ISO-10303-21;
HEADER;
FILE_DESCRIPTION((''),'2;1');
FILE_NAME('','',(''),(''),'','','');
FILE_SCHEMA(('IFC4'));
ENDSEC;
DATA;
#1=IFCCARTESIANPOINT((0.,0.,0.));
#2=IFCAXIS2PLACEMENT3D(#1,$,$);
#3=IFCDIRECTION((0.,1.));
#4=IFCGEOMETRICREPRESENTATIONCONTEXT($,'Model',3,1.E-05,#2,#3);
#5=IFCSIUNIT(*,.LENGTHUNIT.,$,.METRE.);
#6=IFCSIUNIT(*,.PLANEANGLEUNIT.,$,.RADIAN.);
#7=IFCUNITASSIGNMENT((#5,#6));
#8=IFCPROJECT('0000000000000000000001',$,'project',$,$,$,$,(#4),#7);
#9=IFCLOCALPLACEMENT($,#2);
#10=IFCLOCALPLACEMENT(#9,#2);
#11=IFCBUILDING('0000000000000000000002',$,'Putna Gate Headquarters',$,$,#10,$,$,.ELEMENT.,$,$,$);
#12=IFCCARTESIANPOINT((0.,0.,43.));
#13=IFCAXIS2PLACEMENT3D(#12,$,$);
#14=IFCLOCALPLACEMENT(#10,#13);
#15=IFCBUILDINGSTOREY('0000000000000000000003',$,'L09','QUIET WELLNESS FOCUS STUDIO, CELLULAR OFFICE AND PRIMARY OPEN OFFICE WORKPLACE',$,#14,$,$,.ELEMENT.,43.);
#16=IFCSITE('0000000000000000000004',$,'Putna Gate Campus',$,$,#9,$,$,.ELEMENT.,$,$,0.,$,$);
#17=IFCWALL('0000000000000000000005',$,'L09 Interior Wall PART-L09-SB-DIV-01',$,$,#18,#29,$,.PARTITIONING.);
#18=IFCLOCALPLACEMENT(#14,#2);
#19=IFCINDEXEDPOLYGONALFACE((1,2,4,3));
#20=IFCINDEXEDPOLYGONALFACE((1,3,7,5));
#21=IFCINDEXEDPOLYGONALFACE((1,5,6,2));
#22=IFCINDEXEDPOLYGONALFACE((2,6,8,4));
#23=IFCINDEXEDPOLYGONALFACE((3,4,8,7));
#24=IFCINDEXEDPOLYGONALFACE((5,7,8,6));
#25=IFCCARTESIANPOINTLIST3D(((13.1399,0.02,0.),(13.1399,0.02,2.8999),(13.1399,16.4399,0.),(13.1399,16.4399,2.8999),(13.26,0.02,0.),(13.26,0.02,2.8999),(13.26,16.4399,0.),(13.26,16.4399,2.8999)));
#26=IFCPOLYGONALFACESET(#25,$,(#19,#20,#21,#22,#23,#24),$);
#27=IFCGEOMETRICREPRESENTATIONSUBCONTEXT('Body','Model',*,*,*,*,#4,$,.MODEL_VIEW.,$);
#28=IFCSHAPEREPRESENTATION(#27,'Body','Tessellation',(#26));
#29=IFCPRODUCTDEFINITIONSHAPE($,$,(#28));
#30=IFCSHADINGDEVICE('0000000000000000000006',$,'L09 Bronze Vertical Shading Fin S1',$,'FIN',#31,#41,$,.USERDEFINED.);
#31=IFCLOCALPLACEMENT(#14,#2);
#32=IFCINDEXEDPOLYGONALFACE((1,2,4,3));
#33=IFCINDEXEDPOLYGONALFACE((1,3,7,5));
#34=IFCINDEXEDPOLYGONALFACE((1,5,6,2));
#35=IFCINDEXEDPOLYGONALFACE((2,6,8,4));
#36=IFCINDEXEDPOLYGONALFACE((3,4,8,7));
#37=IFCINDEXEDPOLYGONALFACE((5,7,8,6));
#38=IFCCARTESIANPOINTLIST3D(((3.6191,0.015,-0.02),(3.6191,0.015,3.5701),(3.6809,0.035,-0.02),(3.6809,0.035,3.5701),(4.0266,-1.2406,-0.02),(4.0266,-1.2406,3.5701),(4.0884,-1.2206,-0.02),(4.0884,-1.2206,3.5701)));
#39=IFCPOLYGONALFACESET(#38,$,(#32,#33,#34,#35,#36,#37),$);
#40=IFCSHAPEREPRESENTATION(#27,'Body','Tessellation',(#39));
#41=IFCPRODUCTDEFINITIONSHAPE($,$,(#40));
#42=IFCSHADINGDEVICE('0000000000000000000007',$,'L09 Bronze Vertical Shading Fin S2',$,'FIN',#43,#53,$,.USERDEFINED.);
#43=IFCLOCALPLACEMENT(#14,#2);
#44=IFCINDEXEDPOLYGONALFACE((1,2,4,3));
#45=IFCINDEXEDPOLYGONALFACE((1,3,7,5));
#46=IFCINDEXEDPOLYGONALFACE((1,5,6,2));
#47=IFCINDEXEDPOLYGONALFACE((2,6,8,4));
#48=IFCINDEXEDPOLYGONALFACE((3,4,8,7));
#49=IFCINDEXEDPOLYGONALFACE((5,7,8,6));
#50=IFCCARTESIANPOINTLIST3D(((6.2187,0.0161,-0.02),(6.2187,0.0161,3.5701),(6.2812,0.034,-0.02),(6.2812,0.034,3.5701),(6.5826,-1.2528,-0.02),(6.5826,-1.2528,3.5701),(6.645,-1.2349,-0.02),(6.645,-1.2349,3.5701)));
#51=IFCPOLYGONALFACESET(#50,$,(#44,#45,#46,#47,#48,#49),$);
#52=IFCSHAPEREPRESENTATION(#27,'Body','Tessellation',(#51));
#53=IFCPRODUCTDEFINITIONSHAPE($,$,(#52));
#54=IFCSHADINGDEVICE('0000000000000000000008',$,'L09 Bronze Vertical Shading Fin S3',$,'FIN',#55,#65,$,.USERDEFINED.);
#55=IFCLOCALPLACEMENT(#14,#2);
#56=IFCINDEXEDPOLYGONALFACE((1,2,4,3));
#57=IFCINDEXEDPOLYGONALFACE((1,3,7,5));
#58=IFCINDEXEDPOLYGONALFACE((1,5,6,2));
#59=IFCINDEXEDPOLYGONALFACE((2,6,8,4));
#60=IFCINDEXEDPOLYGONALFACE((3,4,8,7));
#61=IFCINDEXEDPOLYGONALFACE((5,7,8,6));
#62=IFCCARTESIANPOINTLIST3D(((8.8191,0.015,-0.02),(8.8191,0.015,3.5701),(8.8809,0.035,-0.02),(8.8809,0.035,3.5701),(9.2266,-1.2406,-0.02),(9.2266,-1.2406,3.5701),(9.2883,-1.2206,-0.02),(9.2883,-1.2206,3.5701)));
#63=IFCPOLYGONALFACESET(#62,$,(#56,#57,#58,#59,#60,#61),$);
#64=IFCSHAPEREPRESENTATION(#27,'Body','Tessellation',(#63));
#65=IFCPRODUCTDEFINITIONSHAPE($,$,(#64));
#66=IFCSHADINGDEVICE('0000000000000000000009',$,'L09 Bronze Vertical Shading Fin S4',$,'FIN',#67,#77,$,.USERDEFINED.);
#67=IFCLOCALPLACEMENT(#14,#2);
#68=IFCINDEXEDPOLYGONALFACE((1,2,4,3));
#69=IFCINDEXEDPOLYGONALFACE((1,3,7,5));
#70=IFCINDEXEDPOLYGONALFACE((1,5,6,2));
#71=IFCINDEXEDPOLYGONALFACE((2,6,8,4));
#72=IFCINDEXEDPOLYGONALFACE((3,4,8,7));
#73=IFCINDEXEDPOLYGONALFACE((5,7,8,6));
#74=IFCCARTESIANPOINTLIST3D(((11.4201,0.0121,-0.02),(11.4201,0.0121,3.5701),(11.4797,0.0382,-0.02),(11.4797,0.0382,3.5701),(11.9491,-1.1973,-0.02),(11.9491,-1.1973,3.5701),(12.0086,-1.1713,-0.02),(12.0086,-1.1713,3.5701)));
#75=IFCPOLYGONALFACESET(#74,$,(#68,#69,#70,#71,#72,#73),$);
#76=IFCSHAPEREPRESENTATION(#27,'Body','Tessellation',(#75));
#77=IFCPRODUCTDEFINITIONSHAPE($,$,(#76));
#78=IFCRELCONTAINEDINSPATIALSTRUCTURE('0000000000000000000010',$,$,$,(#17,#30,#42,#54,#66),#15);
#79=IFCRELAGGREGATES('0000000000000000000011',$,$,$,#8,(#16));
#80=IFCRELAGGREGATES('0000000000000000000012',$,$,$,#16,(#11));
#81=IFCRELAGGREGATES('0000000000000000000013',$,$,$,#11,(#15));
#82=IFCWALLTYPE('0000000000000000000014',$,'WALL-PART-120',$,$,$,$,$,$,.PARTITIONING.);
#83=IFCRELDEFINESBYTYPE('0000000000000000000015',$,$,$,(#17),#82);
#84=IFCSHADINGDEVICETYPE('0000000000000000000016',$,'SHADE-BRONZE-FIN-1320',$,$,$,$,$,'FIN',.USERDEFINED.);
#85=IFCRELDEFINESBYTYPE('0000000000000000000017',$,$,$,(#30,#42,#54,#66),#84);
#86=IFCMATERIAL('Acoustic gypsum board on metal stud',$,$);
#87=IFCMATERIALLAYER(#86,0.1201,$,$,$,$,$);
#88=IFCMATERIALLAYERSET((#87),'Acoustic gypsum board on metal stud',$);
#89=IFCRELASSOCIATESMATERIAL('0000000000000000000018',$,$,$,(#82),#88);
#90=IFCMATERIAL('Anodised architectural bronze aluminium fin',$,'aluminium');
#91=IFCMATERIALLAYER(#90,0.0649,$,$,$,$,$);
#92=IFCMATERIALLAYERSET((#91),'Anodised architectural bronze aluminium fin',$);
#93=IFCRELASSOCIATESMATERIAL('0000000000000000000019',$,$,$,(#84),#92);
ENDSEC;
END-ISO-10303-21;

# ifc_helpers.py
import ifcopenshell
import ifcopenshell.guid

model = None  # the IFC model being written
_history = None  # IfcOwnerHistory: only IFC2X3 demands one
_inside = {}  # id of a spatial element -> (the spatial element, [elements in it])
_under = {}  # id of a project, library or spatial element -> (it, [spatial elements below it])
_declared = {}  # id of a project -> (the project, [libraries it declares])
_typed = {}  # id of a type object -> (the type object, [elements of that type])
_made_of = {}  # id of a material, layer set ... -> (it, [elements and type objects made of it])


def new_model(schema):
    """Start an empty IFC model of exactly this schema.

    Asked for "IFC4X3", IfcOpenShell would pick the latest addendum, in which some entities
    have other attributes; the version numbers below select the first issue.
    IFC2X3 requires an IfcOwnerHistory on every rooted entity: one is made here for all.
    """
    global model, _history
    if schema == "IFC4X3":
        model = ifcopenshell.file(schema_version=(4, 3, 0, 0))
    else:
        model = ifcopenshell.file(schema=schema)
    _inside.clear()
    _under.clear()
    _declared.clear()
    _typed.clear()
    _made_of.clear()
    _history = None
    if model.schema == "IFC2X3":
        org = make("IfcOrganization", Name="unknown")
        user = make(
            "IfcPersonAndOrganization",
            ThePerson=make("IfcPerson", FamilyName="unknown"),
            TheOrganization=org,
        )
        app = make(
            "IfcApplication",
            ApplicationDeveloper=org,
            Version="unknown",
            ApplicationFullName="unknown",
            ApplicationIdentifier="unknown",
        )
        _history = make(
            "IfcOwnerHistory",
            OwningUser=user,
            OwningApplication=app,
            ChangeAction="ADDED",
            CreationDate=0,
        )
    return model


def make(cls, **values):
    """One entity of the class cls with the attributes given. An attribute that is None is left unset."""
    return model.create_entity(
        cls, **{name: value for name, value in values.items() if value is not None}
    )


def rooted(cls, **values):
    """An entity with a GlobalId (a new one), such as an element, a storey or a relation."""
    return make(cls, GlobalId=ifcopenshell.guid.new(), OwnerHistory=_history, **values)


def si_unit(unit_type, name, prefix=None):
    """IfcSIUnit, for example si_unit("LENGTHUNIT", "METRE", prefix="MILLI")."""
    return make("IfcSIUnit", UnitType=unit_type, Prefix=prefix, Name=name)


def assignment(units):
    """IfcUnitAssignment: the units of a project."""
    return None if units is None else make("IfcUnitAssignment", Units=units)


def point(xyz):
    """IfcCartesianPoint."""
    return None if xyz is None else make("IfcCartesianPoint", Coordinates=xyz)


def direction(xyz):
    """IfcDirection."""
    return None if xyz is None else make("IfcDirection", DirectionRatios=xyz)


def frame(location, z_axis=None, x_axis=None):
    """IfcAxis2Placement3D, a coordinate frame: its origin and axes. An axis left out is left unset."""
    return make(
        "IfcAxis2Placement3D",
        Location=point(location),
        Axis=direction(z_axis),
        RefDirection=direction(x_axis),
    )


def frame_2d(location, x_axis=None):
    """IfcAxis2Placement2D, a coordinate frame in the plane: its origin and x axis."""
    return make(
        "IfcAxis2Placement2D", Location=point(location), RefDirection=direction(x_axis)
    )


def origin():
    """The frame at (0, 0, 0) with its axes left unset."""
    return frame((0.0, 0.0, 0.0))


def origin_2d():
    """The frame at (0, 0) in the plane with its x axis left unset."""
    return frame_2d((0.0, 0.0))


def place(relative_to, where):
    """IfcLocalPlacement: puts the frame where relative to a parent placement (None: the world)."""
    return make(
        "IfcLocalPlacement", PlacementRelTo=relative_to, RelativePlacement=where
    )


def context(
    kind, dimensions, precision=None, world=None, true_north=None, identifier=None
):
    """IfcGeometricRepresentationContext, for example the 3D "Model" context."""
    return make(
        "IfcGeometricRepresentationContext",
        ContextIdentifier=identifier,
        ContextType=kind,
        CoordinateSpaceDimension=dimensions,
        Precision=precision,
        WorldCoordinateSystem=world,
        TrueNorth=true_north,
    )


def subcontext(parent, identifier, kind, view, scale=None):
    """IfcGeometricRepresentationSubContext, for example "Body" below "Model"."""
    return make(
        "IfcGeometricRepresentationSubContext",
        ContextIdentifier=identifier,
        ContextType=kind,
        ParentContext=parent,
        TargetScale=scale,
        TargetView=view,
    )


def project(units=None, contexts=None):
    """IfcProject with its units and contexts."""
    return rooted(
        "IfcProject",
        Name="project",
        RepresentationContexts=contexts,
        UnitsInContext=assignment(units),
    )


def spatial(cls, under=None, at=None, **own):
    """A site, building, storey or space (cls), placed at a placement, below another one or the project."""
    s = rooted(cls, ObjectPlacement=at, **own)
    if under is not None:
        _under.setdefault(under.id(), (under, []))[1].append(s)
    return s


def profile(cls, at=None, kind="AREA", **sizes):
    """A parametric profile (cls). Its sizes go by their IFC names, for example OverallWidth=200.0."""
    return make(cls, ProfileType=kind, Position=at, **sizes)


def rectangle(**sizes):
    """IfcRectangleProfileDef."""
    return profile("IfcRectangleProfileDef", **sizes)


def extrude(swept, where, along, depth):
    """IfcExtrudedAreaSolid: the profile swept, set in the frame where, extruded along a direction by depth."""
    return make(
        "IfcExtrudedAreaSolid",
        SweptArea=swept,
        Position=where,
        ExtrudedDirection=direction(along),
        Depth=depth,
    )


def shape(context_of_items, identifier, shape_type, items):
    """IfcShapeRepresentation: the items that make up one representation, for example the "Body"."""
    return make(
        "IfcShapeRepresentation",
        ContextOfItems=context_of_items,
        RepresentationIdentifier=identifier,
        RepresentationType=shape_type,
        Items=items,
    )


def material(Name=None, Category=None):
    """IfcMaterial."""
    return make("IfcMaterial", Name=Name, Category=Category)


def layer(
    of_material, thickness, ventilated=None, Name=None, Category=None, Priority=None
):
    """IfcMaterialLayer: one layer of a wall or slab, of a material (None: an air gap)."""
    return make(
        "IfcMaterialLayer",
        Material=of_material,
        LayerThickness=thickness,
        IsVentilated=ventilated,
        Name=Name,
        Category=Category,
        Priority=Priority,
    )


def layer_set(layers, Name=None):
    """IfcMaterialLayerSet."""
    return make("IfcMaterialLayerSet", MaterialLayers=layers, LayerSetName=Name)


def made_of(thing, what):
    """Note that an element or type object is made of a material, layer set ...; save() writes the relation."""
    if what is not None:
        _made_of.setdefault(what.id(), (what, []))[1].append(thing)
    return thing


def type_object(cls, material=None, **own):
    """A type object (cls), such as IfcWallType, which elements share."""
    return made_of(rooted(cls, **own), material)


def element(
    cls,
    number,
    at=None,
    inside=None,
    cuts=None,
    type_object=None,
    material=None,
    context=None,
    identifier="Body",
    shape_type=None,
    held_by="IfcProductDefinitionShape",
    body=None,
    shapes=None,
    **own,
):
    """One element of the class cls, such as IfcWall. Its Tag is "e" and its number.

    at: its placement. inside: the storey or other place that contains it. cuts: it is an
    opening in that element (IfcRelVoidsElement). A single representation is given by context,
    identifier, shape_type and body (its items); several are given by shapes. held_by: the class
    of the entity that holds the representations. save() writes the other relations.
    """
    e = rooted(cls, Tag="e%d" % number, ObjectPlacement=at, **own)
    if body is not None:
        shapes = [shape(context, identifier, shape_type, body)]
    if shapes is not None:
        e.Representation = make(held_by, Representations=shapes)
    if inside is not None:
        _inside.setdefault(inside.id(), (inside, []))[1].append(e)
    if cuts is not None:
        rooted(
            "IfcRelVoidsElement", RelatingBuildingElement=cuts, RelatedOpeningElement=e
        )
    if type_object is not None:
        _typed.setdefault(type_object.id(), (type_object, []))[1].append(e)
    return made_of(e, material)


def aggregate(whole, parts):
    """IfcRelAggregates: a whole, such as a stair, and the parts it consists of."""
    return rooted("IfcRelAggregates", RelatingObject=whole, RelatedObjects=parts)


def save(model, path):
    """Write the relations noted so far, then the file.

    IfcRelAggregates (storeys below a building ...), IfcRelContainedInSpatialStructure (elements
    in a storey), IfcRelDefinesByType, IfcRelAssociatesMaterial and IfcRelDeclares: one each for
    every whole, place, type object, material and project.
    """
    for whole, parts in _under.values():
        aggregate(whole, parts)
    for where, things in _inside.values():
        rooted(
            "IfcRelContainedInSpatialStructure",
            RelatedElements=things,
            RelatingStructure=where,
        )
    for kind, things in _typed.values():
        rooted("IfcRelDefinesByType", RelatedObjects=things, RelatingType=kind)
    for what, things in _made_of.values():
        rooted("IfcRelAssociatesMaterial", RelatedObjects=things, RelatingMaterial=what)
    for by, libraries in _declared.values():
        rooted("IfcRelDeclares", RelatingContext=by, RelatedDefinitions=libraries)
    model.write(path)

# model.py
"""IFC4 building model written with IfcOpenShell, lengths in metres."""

from ifc_helpers import new_model, si_unit, direction, frame, frame_2d, origin, origin_2d, place, context, subcontext, project, spatial, rectangle, extrude, material, layer, layer_set, type_object, element, save


model = new_model("IFC4")

# Units and contexts
model_context = context("Model", 3, precision=1e-05, world=origin(), true_north=direction((0.0, 1.0)))
body_context = subcontext(model_context, "Body", "Model", "MODEL_VIEW")
ifc_project = project(units=[si_unit("LENGTHUNIT", "METRE"), si_unit("PLANEANGLEUNIT", "RADIAN")], contexts=[model_context])

# Site, building, storey
site_placement = place(None, origin())
site = spatial("IfcSite", under=ifc_project, at=site_placement, Name="Putna Gate Campus", CompositionType="ELEMENT", RefElevation=0.0)
building_placement = place(site_placement, origin())
building = spatial("IfcBuilding", under=site, at=building_placement, Name="Putna Gate Headquarters", CompositionType="ELEMENT")
storey_placement = place(building_placement, frame((0.0, 0.0, 43.0)))
storey = spatial("IfcBuildingStorey", under=building, at=storey_placement, Name="L09", Description="QUIET WELLNESS FOCUS STUDIO, CELLULAR OFFICE AND PRIMARY OPEN OFFICE WORKPLACE", CompositionType="ELEMENT", Elevation=43.0)

# Wall
ifc_material_1 = material(Name="Acoustic gypsum board on metal stud")
ifc_layer_1 = layer(ifc_material_1, 0.1201)
ifc_layer_set_1 = layer_set([ifc_layer_1], Name="Acoustic gypsum board on metal stud")
wall_type_1 = type_object("IfcWallType", Name="WALL-PART-120", PredefinedType="PARTITIONING", material=ifc_layer_set_1)
wall_placement = place(storey_placement, frame((13.2, 0.02, 0.0), z_axis=(0.0, 0.0, 1.0), x_axis=(0.0, 1.0, 0.0)))
element("IfcWall", 1, at=wall_placement, inside=storey, type_object=wall_type_1, Name="L09 Interior Wall PART-L09-SB-DIV-01", PredefinedType="PARTITIONING", context=body_context, shape_type="SweptSolid", body=[
    extrude(rectangle(XDim=16.4199, YDim=0.1201, at=frame_2d((8.21, 0.0))), origin(), (0.0, 0.0, 1.0), 2.8999),
])

# Shading devices
ifc_material_2 = material(Name="Anodised architectural bronze aluminium fin", Category="aluminium")
ifc_layer_2 = layer(ifc_material_2, 0.0649)
ifc_layer_set_2 = layer_set([ifc_layer_2], Name="Anodised architectural bronze aluminium fin")
shading_device_type = type_object("IfcShadingDeviceType", Name="SHADE-BRONZE-FIN-1320", ElementType="FIN", PredefinedType="USERDEFINED", material=ifc_layer_set_2)
for number, where, z_axis, x_axis, name in (
    (2, (3.8538, -0.6028, -0.02), (0.0, 0.0, 1.0), (0.308685, -0.951164, 0.0), "L09 Bronze Vertical Shading Fin S1"),
    (3, (6.4319, -0.6094, -0.02), (0.0, 0.0, 1.0), (0.275637, -0.961262, 0.0), "L09 Bronze Vertical Shading Fin S2"),
    (4, (9.0537, -0.6028, -0.02), (0.0, 0.0, 1.0), (0.308685, -0.951164, 0.0), "L09 Bronze Vertical Shading Fin S3"),
    (5, (11.7144, -0.5796, -0.02), (0.0, 0.0, 1.0), (0.400669, -0.916223, 0.0), "L09 Bronze Vertical Shading Fin S4"),
):
    element("IfcShadingDevice", number, at=place(storey_placement, frame(where, z_axis=z_axis, x_axis=x_axis)), inside=storey, type_object=shading_device_type, Name=name, ObjectType="FIN", PredefinedType="USERDEFINED", context=body_context, shape_type="SweptSolid", body=[
        extrude(rectangle(XDim=1.3201, YDim=0.0649, at=origin_2d()), origin(), (0.0, 0.0, 1.0), 3.5901),
    ])

save(model, "model.ifc")
